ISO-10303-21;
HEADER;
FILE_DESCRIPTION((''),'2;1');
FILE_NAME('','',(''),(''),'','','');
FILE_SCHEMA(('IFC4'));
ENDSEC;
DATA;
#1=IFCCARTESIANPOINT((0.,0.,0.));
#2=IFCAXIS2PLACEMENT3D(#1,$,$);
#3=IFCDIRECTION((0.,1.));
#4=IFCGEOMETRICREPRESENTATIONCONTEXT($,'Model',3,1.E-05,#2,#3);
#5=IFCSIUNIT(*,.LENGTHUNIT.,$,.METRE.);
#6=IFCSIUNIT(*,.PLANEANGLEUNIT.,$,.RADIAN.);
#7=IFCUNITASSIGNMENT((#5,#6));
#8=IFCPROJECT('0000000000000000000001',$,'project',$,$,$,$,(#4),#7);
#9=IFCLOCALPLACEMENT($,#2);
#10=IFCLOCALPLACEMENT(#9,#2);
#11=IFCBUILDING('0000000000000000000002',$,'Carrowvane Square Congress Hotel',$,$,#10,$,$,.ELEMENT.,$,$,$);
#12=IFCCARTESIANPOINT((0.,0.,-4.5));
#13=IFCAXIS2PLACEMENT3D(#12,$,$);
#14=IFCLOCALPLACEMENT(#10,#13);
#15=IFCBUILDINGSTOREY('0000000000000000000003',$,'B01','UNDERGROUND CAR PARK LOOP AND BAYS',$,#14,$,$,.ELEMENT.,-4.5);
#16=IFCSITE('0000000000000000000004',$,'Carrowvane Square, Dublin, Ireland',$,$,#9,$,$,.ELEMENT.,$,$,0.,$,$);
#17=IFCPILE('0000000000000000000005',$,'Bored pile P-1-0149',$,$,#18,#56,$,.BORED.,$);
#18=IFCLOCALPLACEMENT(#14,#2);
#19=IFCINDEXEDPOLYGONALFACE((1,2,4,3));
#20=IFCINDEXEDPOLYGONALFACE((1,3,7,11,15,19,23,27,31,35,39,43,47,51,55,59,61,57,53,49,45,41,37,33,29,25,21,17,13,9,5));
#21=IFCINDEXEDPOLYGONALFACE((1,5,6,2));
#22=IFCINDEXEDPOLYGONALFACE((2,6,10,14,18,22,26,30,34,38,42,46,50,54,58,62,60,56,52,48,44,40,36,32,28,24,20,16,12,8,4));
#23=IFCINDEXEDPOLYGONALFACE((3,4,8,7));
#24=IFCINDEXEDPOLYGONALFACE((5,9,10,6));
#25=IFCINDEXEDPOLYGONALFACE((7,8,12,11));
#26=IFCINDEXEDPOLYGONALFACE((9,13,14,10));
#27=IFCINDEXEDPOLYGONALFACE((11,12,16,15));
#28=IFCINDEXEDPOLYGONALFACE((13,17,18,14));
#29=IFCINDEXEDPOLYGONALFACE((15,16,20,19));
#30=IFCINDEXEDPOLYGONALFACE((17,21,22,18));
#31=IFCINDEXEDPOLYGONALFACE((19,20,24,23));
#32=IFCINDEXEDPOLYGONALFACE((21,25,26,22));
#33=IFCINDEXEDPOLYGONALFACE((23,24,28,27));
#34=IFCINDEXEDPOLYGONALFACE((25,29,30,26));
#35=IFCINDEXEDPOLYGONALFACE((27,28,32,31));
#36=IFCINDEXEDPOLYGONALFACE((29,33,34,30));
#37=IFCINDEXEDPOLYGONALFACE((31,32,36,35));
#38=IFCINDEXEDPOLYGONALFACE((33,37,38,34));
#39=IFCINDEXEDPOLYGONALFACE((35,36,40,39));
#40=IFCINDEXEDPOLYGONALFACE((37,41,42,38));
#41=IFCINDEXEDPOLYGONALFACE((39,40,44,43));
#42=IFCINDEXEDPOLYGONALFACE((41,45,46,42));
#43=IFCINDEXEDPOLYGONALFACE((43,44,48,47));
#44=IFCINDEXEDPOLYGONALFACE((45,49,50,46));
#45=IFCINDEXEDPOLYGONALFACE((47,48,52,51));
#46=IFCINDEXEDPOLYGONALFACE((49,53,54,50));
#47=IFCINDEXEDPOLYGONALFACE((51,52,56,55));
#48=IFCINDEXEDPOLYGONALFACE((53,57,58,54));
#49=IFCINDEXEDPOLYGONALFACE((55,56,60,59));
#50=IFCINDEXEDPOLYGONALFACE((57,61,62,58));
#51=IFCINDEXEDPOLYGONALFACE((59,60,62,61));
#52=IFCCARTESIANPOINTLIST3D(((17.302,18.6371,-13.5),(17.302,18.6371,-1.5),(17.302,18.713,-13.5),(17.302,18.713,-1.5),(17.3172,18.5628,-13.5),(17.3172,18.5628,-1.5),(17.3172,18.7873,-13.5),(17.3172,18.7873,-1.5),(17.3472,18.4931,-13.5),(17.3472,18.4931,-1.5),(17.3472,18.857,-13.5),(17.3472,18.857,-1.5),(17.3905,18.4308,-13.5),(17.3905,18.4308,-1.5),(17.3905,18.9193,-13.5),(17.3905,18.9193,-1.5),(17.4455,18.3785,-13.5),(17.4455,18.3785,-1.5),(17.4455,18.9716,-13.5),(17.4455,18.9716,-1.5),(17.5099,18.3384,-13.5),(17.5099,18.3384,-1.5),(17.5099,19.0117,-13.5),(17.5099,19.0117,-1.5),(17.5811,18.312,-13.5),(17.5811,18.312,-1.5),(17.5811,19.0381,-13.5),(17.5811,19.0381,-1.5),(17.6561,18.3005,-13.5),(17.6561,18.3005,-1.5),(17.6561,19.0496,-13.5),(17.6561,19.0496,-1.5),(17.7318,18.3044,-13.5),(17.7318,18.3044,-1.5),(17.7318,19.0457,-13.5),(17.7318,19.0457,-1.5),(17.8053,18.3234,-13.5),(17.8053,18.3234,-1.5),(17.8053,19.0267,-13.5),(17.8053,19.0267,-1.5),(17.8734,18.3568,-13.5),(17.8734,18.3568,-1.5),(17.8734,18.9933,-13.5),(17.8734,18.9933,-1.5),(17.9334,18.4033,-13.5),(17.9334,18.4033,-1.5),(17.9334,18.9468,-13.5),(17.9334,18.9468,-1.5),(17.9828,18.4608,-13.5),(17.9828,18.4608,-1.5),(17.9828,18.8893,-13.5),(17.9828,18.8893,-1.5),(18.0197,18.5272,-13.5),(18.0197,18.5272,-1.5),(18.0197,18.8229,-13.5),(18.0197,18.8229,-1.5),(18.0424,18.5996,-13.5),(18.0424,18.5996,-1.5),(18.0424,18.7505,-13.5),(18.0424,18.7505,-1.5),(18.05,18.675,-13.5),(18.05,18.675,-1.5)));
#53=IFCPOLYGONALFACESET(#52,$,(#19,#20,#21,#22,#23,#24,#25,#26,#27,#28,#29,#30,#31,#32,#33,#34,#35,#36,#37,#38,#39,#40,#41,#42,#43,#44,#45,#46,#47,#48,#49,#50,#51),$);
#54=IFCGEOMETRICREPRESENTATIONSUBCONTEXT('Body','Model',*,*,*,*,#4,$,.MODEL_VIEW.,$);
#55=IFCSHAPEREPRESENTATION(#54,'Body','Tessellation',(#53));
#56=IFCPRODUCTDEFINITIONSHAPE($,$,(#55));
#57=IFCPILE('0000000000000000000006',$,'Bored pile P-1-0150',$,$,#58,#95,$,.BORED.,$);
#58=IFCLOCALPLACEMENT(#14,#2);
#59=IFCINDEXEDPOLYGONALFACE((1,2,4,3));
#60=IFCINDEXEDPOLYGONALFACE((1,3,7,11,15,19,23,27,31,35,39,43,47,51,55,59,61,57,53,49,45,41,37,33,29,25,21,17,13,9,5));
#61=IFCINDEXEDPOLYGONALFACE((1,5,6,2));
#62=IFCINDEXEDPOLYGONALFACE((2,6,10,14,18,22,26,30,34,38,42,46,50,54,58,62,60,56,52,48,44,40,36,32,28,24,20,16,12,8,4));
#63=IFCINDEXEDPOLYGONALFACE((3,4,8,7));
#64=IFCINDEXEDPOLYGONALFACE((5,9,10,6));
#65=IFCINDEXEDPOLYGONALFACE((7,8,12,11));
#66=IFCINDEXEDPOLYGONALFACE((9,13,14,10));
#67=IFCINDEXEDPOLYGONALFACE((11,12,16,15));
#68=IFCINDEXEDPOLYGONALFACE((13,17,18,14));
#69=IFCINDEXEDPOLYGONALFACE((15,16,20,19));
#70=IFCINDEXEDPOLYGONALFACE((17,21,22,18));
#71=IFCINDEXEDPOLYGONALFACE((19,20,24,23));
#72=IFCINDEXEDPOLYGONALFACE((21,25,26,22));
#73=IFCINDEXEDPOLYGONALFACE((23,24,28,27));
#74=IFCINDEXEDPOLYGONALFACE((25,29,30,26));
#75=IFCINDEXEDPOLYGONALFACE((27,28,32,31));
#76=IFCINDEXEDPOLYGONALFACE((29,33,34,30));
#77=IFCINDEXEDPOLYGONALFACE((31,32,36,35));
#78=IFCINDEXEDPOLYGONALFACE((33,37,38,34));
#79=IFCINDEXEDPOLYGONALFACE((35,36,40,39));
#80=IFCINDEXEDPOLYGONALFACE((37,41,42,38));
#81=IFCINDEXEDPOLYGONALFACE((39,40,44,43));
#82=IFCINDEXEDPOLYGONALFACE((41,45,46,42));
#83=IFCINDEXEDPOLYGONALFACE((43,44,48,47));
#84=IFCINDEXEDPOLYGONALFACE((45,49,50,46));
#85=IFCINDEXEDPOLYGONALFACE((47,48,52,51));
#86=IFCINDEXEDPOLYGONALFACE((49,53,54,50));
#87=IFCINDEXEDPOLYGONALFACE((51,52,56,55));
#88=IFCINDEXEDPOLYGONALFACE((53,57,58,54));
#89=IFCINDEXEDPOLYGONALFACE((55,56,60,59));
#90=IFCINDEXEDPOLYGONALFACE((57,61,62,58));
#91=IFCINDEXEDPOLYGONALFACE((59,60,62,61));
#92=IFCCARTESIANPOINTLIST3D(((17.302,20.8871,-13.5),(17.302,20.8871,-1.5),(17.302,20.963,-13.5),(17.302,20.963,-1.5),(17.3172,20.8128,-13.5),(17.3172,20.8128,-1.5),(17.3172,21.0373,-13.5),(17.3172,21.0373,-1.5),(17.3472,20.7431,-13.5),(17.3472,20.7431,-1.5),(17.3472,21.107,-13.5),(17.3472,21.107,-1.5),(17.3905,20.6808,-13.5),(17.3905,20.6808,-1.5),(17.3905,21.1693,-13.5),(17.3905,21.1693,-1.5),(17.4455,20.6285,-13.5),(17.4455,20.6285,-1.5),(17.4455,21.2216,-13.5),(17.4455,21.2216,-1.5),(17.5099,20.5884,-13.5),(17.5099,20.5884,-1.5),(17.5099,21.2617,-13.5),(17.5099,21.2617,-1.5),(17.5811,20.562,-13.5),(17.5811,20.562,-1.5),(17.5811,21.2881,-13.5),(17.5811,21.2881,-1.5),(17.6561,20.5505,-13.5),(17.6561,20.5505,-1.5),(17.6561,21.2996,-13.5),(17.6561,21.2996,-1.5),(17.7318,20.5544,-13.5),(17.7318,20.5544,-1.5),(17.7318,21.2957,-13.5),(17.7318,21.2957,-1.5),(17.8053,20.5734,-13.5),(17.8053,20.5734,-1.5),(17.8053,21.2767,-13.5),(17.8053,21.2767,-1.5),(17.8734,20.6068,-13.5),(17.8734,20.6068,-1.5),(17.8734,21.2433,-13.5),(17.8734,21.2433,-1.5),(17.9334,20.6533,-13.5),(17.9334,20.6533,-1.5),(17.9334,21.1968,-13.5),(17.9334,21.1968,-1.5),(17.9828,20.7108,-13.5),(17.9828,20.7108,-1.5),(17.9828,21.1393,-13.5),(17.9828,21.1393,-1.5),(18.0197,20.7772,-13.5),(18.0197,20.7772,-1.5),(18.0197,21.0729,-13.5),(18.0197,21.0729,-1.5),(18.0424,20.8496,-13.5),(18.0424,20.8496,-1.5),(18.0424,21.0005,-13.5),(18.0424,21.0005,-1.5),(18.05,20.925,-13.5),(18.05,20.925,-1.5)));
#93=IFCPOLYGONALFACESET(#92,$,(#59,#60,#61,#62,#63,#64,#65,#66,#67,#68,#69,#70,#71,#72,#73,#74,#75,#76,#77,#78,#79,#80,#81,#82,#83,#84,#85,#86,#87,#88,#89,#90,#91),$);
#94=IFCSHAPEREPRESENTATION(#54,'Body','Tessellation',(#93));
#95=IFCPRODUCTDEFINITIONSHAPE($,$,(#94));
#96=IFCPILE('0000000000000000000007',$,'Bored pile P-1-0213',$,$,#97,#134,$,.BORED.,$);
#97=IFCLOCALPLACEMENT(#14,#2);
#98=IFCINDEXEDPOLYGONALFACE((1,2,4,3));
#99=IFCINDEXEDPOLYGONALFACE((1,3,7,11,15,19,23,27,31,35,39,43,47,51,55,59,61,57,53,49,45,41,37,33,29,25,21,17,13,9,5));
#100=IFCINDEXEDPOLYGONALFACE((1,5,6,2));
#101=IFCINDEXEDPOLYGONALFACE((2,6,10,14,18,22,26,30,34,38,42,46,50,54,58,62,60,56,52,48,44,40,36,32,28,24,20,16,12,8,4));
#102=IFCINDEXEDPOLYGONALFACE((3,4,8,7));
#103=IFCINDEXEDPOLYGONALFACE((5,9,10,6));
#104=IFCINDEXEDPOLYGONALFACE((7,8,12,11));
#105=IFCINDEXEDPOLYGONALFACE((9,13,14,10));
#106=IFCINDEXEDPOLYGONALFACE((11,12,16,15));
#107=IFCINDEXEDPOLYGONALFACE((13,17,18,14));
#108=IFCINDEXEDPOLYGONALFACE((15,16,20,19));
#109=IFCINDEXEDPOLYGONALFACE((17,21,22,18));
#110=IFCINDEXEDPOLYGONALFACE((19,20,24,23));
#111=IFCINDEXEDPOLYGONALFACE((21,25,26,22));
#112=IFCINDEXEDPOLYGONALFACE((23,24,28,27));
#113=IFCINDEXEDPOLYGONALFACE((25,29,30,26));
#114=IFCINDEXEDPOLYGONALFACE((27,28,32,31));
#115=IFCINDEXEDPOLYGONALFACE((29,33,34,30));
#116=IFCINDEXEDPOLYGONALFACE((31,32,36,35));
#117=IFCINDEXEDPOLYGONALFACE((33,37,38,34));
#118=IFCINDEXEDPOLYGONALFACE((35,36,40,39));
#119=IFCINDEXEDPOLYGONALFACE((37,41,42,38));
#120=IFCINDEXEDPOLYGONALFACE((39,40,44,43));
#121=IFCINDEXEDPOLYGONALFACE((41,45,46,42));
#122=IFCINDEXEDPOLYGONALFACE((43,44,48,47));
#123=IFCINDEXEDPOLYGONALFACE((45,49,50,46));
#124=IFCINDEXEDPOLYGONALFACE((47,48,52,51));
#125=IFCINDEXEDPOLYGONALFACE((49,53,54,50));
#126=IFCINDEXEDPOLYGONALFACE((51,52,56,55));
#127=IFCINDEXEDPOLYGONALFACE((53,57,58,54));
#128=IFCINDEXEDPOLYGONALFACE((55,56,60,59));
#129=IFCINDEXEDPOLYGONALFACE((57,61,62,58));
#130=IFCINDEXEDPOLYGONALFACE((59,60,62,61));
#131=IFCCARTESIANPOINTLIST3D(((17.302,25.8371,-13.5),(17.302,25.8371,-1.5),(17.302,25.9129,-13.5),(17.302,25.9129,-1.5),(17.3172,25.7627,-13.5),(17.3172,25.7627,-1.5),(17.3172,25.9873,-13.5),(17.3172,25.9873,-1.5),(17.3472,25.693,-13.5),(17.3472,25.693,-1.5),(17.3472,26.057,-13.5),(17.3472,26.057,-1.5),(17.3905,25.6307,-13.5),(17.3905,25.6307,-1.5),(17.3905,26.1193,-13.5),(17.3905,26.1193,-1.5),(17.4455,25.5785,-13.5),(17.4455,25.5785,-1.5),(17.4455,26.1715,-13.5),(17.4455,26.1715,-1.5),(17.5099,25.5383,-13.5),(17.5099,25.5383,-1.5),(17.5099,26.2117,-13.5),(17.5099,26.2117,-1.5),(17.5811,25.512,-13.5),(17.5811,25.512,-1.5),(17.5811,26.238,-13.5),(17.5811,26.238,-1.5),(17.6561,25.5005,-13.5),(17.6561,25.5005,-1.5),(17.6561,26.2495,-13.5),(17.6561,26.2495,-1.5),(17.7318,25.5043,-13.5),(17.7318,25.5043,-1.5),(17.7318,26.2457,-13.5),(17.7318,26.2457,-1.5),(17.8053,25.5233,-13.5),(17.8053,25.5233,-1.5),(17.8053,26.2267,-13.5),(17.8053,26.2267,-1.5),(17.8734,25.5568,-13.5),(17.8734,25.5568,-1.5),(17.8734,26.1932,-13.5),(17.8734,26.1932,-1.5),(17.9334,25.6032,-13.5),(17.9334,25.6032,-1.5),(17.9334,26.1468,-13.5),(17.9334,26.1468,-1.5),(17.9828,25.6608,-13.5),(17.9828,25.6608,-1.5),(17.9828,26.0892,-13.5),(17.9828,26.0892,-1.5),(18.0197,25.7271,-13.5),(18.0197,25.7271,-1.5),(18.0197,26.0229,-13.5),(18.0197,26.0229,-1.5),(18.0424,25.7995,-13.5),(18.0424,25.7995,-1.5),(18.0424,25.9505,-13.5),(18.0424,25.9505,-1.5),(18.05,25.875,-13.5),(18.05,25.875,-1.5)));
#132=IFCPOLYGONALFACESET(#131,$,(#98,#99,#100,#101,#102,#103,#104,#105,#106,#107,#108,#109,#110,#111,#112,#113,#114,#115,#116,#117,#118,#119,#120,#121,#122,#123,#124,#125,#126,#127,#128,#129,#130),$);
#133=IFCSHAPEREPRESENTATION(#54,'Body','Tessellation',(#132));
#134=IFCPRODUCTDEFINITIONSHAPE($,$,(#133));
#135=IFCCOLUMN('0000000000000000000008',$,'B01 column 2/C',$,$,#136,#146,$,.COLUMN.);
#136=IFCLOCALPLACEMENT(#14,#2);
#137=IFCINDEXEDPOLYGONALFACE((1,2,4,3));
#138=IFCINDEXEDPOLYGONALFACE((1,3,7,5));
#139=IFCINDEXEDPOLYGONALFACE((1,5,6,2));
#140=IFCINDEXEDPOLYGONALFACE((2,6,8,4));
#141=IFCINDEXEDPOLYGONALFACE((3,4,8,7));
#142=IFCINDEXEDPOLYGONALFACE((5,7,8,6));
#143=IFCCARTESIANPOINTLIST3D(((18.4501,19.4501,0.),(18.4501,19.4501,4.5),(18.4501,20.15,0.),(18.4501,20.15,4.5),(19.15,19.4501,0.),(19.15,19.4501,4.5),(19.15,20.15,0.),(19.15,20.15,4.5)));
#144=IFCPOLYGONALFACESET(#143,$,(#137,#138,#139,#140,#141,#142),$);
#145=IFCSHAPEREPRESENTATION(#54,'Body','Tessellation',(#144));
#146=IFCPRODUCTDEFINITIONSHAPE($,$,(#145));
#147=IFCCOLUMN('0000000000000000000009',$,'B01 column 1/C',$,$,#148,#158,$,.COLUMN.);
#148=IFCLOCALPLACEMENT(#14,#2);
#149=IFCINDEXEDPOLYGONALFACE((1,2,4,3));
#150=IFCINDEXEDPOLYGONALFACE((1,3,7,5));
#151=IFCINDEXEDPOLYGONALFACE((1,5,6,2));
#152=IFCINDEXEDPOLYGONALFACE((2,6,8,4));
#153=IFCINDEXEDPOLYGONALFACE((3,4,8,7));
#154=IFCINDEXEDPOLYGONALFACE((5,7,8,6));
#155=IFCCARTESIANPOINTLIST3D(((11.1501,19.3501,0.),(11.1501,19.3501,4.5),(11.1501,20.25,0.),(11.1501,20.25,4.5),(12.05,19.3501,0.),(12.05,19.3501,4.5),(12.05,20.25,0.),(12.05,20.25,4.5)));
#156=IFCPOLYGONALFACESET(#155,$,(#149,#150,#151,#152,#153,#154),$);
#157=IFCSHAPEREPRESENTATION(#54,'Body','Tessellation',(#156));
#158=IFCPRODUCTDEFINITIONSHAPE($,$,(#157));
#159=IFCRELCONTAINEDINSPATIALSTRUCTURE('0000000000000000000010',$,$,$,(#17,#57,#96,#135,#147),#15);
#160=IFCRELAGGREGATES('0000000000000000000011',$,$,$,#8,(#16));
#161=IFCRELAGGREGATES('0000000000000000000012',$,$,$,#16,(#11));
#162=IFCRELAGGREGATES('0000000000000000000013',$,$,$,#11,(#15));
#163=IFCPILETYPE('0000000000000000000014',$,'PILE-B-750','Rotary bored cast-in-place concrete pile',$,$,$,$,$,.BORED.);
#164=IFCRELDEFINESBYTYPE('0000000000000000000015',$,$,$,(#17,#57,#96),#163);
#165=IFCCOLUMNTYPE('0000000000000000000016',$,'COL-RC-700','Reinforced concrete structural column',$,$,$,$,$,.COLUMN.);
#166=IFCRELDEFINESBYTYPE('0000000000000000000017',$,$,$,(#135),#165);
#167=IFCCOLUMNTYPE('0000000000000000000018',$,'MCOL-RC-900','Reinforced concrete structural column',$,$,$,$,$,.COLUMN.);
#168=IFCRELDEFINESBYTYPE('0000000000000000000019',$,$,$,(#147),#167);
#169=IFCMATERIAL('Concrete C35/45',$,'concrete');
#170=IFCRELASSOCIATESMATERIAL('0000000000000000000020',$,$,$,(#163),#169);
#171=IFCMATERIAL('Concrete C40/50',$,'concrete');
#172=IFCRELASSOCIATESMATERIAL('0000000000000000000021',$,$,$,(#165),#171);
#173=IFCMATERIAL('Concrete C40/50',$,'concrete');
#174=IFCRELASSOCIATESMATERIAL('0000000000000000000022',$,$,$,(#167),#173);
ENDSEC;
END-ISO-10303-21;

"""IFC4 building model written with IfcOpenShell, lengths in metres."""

from ifc_helpers import new_model, si_unit, direction, frame, origin, origin_2d, place, context, subcontext, project, spatial, rectangle, circle, extrude, material, material_profile, profile_set, type_object, element, save


model = new_model("IFC4")

# Units and contexts
model_context = context("Model", 3, precision=1e-05, world=origin(), true_north=direction((0.0, 1.0)))
body_context = subcontext(model_context, "Body", "Model", "MODEL_VIEW")
ifc_project = project(units=[si_unit("LENGTHUNIT", "METRE"), si_unit("PLANEANGLEUNIT", "RADIAN")], contexts=[model_context])

# Site, building, storey
site_placement = place(None, origin())
site = spatial("IfcSite", under=ifc_project, at=site_placement, Name="Carrowvane Square, Dublin, Ireland", CompositionType="ELEMENT", RefElevation=0.0)
building_placement = place(site_placement, origin())
building = spatial("IfcBuilding", under=site, at=building_placement, Name="Carrowvane Square Congress Hotel", CompositionType="ELEMENT")
storey_placement = place(building_placement, frame((0.0, 0.0, -4.5)))
storey = spatial("IfcBuildingStorey", under=building, at=storey_placement, Name="B01", Description="UNDERGROUND CAR PARK LOOP AND BAYS", CompositionType="ELEMENT", Elevation=-4.5)

# Piles
ifc_material_1 = material(Name="Concrete C35/45", Category="concrete")
ifc_material_profile_1 = material_profile(ifc_material_1, circle(Radius=0.375, at=origin_2d()), Name="PILE D750")
ifc_profile_set_1 = profile_set([ifc_material_profile_1], Name="Concrete C35/45")
pile_type_1 = type_object("IfcPileType", Name="PILE-B-750", Description="Rotary bored cast-in-place concrete pile", PredefinedType="BORED", material=ifc_profile_set_1)
for number, where, z_axis, x_axis, name in (
    (1, (17.675, 18.675, -1.5), (0.0, 0.0, -1.0), (1.0, 0.0, 0.0), "Bored pile P-1-0149"),
    (2, (17.675, 20.925, -1.5), (0.0, 0.0, -1.0), (1.0, 0.0, 0.0), "Bored pile P-1-0150"),
    (3, (17.675, 25.875, -1.5), (0.0, 0.0, -1.0), (1.0, 0.0, 0.0), "Bored pile P-1-0213"),
):
    element("IfcPile", number, at=place(storey_placement, frame(where, z_axis=z_axis, x_axis=x_axis)), inside=storey, type_object=pile_type_1, Name=name, PredefinedType="BORED", context=body_context, shape_type="SweptSolid", body=[
        extrude(circle(Radius=0.375, at=origin_2d()), origin(), (0.0, 0.0, 1.0), 12.0),
    ])

# Columns
ifc_material_2 = material(Name="Concrete C40/50", Category="concrete")
ifc_material_profile_2 = material_profile(ifc_material_2, rectangle(XDim=0.7, YDim=0.7, at=origin_2d()), Name="RC 700x700")
ifc_profile_set_2 = profile_set([ifc_material_profile_2], Name="Concrete C40/50")
column_type_1 = type_object("IfcColumnType", Name="COL-RC-700", Description="Reinforced concrete structural column", PredefinedType="COLUMN", material=ifc_profile_set_2)
column_1_placement = place(storey_placement, frame((18.8, 19.8, 0.0), z_axis=(0.0, 0.0, 1.0), x_axis=(1.0, 0.0, 0.0)))
element("IfcColumn", 4, at=column_1_placement, inside=storey, type_object=column_type_1, Name="B01 column 2/C", PredefinedType="COLUMN", context=body_context, shape_type="SweptSolid", body=[
    extrude(rectangle(XDim=0.7, YDim=0.7, at=origin_2d()), origin(), (0.0, 0.0, 1.0), 4.5),
])
ifc_material_3 = material(Name="Concrete C40/50", Category="concrete")
ifc_material_profile_3 = material_profile(ifc_material_3, rectangle(XDim=0.8999, YDim=0.8999, at=origin_2d()), Name="RC 900x900")
ifc_profile_set_3 = profile_set([ifc_material_profile_3], Name="Concrete C40/50")
column_type_2 = type_object("IfcColumnType", Name="MCOL-RC-900", Description="Reinforced concrete structural column", PredefinedType="COLUMN", material=ifc_profile_set_3)
column_2_placement = place(storey_placement, frame((11.6001, 19.8, 0.0), z_axis=(0.0, 0.0, 1.0), x_axis=(1.0, 0.0, 0.0)))
element("IfcColumn", 5, at=column_2_placement, inside=storey, type_object=column_type_2, Name="B01 column 1/C", PredefinedType="COLUMN", context=body_context, shape_type="SweptSolid", body=[
    extrude(rectangle(XDim=0.8999, YDim=0.8999, at=origin_2d()), origin(), (0.0, 0.0, 1.0), 4.5),
])

save(model, "model.ifc")
